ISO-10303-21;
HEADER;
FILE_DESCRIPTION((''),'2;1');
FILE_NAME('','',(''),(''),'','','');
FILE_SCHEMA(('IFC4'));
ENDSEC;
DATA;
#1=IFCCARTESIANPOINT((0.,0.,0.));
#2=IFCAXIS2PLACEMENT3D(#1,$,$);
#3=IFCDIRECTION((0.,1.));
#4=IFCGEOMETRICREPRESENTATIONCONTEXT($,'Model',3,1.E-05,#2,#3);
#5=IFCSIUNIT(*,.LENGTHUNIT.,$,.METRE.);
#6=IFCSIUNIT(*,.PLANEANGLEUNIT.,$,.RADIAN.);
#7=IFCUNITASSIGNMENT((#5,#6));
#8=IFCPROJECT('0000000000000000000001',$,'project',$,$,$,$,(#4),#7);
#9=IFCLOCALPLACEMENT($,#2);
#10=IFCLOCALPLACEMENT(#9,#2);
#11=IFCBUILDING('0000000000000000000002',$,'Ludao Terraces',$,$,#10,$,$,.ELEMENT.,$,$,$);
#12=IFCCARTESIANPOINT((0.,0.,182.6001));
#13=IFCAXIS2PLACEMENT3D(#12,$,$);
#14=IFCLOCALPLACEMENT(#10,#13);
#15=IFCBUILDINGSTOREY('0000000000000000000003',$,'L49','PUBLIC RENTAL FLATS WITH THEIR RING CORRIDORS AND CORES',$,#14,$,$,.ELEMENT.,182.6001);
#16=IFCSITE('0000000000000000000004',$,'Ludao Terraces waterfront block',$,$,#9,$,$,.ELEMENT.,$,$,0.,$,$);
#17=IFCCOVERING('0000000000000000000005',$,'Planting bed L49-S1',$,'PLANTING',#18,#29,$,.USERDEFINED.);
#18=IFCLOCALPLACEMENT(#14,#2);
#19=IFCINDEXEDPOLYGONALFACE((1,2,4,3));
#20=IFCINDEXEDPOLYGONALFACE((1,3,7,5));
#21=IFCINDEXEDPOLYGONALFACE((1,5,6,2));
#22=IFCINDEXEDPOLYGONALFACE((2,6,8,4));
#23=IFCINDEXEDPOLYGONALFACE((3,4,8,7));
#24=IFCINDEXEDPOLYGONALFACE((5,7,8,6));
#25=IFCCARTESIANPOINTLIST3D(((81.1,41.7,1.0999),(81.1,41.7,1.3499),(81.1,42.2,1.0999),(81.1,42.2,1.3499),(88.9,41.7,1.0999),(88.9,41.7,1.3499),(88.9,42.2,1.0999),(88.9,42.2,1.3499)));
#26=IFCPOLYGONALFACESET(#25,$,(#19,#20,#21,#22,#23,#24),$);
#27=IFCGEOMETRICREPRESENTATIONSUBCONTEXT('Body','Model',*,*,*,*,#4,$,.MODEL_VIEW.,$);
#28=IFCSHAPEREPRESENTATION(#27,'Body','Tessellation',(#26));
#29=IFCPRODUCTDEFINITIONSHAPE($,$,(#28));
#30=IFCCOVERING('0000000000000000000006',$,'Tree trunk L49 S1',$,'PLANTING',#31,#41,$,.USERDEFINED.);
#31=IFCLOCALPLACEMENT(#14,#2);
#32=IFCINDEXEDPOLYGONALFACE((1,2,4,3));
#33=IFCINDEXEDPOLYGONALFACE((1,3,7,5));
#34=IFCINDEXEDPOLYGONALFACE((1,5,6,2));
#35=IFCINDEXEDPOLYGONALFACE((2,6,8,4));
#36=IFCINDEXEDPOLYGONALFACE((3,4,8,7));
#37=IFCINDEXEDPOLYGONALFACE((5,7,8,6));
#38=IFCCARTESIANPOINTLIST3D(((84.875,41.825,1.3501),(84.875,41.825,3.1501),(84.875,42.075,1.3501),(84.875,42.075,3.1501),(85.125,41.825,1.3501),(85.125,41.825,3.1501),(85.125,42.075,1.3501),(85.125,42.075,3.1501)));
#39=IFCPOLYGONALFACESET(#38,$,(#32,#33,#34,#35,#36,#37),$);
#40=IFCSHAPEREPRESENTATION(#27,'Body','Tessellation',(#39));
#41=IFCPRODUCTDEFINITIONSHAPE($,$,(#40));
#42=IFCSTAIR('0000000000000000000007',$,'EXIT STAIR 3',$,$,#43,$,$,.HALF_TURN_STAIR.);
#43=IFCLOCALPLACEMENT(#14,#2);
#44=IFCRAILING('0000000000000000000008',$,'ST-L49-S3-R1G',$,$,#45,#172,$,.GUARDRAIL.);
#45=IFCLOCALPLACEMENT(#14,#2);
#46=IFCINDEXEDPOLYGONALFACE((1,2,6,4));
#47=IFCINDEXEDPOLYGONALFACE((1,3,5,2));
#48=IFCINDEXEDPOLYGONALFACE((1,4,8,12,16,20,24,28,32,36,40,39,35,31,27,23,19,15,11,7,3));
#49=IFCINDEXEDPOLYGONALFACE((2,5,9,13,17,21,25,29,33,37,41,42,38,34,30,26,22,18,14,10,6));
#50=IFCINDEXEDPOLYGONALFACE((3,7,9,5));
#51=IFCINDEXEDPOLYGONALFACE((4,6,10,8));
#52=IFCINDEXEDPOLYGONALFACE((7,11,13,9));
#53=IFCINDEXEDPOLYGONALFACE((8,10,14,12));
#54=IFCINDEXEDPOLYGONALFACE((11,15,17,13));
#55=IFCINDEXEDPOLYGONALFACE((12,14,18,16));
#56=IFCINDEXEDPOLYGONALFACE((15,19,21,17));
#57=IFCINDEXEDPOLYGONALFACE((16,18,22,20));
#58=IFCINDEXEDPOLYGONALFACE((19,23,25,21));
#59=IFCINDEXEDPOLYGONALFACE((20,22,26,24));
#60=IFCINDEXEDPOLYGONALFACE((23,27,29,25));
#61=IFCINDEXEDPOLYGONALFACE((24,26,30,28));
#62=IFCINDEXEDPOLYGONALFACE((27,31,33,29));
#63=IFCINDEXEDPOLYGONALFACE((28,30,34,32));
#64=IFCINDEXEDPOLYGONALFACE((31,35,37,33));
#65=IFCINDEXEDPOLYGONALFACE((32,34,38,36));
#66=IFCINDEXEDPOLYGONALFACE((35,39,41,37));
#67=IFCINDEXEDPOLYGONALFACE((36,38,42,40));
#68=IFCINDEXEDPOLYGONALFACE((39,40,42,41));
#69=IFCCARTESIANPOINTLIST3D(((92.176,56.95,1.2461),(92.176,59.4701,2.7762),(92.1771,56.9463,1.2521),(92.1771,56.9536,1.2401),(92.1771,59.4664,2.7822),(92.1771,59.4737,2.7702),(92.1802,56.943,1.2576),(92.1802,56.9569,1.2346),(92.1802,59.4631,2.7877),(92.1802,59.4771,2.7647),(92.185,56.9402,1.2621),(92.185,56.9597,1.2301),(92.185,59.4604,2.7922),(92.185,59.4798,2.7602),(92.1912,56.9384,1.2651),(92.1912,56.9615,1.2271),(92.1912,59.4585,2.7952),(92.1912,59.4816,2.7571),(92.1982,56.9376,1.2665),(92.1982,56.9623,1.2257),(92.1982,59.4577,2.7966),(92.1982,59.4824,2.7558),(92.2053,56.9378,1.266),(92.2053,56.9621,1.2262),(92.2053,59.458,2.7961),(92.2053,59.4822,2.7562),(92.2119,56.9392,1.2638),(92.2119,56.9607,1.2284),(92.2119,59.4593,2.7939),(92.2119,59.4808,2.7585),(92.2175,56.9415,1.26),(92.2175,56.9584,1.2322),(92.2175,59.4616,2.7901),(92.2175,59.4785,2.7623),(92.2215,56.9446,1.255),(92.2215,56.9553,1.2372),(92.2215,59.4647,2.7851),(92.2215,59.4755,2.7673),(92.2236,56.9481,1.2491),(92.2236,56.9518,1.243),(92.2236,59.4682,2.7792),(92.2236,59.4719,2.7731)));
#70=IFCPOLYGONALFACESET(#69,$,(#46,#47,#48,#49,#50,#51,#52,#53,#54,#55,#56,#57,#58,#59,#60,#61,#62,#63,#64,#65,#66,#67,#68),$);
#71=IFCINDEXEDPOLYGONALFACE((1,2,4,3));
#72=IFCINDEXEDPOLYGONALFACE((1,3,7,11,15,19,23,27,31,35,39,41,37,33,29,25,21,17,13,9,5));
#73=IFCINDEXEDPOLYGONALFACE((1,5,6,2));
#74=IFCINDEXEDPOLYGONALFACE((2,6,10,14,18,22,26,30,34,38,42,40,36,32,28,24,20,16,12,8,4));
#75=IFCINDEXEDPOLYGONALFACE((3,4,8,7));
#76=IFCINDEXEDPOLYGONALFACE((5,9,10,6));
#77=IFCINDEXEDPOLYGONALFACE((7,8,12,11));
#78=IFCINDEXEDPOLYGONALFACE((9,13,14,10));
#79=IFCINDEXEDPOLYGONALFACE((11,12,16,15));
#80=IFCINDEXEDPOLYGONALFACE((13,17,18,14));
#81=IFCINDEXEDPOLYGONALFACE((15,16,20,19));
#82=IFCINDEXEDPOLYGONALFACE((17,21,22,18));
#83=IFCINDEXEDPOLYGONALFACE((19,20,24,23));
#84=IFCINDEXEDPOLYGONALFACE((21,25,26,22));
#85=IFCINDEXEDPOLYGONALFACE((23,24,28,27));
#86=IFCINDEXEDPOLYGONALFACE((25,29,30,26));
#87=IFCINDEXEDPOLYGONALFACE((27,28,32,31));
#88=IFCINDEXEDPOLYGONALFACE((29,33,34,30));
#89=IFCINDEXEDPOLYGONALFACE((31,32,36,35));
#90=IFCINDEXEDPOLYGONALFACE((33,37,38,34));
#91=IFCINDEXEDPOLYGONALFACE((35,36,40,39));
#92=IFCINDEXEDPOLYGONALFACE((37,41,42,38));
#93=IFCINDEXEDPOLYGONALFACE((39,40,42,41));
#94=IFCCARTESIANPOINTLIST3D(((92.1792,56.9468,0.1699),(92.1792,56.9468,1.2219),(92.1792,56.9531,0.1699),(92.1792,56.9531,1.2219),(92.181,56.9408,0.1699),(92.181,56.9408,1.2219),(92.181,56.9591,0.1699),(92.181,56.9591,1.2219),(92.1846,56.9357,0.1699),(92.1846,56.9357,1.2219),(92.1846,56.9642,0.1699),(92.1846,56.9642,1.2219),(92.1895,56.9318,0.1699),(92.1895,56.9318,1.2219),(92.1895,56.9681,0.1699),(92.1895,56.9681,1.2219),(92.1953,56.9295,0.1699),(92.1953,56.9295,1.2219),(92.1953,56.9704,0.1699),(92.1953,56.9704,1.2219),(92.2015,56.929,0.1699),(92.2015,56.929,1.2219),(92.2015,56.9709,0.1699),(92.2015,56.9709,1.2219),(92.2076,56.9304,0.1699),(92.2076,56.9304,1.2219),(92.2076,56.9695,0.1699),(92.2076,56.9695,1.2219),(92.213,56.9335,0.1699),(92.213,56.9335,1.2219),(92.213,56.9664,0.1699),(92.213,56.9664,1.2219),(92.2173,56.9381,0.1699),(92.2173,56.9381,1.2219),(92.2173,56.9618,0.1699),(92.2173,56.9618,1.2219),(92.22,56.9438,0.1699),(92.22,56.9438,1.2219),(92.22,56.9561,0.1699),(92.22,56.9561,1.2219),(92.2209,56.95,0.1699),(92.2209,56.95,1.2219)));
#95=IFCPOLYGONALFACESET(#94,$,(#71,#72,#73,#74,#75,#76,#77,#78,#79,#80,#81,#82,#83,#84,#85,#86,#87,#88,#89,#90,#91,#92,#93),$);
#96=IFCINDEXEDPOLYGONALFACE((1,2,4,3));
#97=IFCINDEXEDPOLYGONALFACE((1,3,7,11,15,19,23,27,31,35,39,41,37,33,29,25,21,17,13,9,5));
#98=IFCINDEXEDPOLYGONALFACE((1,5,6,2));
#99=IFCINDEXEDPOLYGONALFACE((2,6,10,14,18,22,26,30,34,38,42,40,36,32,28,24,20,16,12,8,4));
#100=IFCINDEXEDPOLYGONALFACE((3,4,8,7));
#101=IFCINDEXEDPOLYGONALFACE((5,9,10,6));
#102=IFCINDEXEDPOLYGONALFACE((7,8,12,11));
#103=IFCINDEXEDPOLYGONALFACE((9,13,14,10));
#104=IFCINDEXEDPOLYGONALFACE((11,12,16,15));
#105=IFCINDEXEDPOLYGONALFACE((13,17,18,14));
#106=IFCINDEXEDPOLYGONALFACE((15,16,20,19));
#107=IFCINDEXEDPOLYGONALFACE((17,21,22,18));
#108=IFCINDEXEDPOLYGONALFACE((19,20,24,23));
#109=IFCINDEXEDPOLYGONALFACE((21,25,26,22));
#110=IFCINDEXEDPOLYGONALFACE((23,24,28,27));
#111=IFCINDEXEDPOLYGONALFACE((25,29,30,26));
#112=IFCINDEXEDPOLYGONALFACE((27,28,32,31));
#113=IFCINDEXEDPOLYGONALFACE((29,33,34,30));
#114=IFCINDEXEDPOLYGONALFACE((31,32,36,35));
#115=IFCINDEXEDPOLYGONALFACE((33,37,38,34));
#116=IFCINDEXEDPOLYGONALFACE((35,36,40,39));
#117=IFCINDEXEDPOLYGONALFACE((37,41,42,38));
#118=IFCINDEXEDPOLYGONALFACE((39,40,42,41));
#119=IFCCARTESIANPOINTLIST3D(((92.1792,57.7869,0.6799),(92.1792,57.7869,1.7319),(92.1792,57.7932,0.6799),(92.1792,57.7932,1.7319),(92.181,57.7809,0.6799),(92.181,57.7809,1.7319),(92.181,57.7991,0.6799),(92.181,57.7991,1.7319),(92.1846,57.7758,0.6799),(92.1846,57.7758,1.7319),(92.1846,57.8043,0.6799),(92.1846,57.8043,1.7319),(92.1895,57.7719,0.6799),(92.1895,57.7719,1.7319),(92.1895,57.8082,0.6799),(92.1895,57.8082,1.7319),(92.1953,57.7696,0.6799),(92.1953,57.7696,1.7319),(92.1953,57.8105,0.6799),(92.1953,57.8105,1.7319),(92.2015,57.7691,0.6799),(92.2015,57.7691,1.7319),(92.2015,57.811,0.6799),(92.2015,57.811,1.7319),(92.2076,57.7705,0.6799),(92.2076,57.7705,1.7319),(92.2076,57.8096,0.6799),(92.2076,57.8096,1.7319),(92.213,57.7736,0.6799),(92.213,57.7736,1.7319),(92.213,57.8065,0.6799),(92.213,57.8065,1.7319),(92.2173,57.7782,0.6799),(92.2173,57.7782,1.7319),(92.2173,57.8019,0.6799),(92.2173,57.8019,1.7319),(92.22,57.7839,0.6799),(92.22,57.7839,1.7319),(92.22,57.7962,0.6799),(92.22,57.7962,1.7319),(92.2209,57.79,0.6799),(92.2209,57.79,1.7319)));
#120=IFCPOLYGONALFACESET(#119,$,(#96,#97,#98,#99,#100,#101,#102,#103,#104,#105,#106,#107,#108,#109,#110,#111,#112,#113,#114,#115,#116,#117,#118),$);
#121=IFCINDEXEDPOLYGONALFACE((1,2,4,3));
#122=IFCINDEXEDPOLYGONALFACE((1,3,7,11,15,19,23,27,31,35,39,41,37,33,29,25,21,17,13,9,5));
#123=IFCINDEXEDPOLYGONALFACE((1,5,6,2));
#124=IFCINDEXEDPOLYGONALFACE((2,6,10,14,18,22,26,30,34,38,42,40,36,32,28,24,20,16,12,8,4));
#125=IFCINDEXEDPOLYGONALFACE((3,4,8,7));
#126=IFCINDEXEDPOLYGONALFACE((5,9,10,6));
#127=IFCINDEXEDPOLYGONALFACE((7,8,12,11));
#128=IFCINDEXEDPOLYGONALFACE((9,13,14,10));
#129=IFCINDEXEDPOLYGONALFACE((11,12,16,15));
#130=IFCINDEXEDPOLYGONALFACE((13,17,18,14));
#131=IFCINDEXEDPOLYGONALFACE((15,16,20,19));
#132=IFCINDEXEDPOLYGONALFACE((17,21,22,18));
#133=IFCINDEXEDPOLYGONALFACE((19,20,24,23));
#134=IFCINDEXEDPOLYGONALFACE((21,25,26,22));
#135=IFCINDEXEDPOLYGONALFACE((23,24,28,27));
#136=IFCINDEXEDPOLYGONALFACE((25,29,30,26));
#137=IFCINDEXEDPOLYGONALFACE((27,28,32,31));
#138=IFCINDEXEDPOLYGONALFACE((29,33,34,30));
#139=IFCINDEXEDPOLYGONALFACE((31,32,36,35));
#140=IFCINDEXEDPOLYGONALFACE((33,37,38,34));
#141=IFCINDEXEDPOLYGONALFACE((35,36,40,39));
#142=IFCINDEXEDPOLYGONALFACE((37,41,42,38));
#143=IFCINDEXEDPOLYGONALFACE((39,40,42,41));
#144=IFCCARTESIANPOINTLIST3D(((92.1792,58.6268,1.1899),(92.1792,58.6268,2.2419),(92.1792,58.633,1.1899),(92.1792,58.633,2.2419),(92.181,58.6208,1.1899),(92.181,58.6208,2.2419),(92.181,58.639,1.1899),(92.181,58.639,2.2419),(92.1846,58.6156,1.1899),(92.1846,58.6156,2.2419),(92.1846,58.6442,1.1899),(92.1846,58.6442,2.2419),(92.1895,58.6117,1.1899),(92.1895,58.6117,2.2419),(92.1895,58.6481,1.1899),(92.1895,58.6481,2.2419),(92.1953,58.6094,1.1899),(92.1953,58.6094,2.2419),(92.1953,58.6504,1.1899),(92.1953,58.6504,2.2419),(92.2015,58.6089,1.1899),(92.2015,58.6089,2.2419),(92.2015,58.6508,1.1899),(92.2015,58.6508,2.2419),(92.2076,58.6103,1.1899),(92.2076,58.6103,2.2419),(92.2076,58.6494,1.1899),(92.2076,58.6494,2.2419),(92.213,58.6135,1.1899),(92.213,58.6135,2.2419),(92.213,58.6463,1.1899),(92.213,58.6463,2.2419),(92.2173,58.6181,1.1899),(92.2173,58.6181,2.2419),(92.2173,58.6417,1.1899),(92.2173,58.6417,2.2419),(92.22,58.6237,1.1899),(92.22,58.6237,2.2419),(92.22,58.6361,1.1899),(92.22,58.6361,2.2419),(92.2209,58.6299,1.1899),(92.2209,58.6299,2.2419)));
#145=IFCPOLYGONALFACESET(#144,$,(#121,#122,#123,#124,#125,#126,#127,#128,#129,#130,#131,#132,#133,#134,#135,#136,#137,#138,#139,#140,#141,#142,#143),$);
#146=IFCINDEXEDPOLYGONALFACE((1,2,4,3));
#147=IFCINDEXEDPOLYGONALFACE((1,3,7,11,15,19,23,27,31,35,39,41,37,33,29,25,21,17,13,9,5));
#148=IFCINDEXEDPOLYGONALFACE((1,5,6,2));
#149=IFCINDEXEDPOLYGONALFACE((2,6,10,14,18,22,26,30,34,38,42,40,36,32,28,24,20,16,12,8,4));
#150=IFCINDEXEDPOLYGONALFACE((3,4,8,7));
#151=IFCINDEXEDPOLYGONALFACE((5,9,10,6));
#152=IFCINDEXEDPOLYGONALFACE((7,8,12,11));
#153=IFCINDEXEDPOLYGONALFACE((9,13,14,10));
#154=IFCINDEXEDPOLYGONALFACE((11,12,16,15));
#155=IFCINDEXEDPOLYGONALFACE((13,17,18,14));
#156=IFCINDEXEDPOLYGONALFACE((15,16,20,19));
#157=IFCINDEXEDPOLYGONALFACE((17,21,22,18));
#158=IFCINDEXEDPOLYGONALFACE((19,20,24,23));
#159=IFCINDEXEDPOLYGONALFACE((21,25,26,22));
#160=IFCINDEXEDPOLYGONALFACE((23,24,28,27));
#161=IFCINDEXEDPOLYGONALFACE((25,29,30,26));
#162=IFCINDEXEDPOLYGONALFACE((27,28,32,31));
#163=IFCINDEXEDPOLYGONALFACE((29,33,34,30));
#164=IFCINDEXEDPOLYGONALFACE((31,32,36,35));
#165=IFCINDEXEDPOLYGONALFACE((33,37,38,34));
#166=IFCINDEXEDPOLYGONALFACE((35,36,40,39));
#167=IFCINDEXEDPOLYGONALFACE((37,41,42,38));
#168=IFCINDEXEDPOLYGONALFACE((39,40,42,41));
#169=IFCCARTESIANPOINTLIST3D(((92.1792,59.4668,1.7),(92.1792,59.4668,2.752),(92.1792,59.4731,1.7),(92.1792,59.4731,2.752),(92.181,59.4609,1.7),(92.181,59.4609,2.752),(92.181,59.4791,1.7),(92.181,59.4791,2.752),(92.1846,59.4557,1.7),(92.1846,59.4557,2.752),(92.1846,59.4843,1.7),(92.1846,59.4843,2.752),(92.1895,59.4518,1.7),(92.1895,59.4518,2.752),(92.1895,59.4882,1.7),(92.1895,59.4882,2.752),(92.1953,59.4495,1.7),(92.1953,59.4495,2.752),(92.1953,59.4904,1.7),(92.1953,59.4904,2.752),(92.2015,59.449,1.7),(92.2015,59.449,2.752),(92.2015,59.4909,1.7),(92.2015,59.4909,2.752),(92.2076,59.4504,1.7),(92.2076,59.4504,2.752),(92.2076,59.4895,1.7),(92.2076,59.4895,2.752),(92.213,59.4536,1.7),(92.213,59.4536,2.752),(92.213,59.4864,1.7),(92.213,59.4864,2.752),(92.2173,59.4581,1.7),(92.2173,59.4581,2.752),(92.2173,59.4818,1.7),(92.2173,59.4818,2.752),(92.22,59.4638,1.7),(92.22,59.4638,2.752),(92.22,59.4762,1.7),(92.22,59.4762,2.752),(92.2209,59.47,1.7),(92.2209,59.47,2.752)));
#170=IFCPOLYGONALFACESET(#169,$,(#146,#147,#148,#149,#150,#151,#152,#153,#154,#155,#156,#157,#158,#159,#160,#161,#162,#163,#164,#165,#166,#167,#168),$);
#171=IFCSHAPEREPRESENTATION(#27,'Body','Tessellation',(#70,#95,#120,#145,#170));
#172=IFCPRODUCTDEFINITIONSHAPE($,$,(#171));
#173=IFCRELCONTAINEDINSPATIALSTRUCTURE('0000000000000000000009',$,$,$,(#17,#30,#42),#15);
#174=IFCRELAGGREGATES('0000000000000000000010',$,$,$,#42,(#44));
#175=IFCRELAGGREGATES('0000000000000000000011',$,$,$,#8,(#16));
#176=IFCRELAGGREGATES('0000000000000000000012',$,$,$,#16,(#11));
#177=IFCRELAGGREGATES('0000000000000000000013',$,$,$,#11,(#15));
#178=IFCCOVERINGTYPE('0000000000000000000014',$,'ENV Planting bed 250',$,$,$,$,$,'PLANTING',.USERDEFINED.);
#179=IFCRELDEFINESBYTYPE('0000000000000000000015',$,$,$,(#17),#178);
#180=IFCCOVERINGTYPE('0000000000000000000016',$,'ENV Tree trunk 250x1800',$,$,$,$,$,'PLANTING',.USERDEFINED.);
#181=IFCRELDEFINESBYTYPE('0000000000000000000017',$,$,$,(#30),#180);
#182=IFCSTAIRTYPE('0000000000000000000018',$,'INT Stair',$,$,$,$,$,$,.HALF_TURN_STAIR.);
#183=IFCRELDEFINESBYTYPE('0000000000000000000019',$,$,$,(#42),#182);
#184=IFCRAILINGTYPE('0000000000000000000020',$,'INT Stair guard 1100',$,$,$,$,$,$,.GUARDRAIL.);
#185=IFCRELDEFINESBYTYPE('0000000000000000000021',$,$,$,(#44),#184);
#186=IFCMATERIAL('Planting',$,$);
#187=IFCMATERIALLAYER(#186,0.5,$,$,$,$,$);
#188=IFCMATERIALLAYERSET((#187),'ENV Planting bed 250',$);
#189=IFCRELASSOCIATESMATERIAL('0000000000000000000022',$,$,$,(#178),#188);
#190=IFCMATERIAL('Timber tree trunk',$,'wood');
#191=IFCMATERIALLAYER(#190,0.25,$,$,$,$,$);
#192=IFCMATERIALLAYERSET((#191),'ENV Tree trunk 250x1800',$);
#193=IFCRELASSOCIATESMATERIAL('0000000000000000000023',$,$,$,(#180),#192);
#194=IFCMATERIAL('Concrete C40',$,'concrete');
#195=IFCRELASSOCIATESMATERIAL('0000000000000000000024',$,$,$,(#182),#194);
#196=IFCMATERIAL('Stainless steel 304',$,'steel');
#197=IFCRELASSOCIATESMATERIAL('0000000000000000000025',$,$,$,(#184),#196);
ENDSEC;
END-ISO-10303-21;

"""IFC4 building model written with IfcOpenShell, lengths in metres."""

from ifc_helpers import new_model, si_unit, direction, frame, origin, origin_2d, place, context, subcontext, project, spatial, rectangle, circle, extrude, material, layer, layer_set, type_object, element, aggregate, save


model = new_model("IFC4")

# Units and contexts
model_context = context("Model", 3, precision=1e-05, world=origin(), true_north=direction((0.0, 1.0)))
body_context = subcontext(model_context, "Body", "Model", "MODEL_VIEW")
ifc_project = project(units=[si_unit("LENGTHUNIT", "METRE"), si_unit("PLANEANGLEUNIT", "RADIAN")], contexts=[model_context])

# Site, building, storey
site_placement = place(None, origin())
site = spatial("IfcSite", under=ifc_project, at=site_placement, Name="Ludao Terraces waterfront block", CompositionType="ELEMENT", RefElevation=0.0)
building_placement = place(site_placement, origin())
building = spatial("IfcBuilding", under=site, at=building_placement, Name="Ludao Terraces", CompositionType="ELEMENT")
storey_placement = place(building_placement, frame((0.0, 0.0, 182.6001)))
storey = spatial("IfcBuildingStorey", under=building, at=storey_placement, Name="L49", Description="PUBLIC RENTAL FLATS WITH THEIR RING CORRIDORS AND CORES", CompositionType="ELEMENT", Elevation=182.6001)

# Shared definitions
ifc_material_1 = material(Name="Concrete C40", Category="concrete")

# Coverings
ifc_material_2 = material(Name="Planting")
ifc_layer_1 = layer(ifc_material_2, 0.5)
ifc_layer_set_1 = layer_set([ifc_layer_1], Name="ENV Planting bed 250")
covering_type_1 = type_object("IfcCoveringType", Name="ENV Planting bed 250", ElementType="PLANTING", PredefinedType="USERDEFINED", material=ifc_layer_set_1)
covering_1_placement = place(storey_placement, frame((85.0, 41.95, 1.0999), z_axis=(0.0, 0.0, 1.0), x_axis=(1.0, 0.0, 0.0)))
element("IfcCovering", 1, at=covering_1_placement, inside=storey, type_object=covering_type_1, Name="Planting bed L49-S1", ObjectType="PLANTING", PredefinedType="USERDEFINED", context=body_context, shape_type="SweptSolid", body=[
    extrude(rectangle(XDim=7.8, YDim=0.5, at=origin_2d()), origin(), (0.0, 0.0, 1.0), 0.25),
])
ifc_material_3 = material(Name="Timber tree trunk", Category="wood")
ifc_layer_2 = layer(ifc_material_3, 0.25)
ifc_layer_set_2 = layer_set([ifc_layer_2], Name="ENV Tree trunk 250x1800")
covering_type_2 = type_object("IfcCoveringType", Name="ENV Tree trunk 250x1800", ElementType="PLANTING", PredefinedType="USERDEFINED", material=ifc_layer_set_2)
covering_2_placement = place(storey_placement, frame((85.0, 41.95, 1.3501), z_axis=(0.0, 0.0, 1.0), x_axis=(1.0, 0.0, 0.0)))
element("IfcCovering", 2, at=covering_2_placement, inside=storey, type_object=covering_type_2, Name="Tree trunk L49 S1", ObjectType="PLANTING", PredefinedType="USERDEFINED", context=body_context, shape_type="SweptSolid", body=[
    extrude(rectangle(XDim=0.25, YDim=0.25, at=origin_2d()), origin(), (0.0, 0.0, 1.0), 1.8),
])

# Stair, railing
stair_type = type_object("IfcStairType", Name="INT Stair", PredefinedType="HALF_TURN_STAIR", material=ifc_material_1)
stair_placement = place(storey_placement, origin())
stair = element("IfcStair", 3, at=stair_placement, inside=storey, type_object=stair_type, Name="EXIT STAIR 3", PredefinedType="HALF_TURN_STAIR")
ifc_material_4 = material(Name="Stainless steel 304", Category="steel")
railing_type_1 = type_object("IfcRailingType", Name="INT Stair guard 1100", PredefinedType="GUARDRAIL", material=ifc_material_4)
railing_1_placement = place(storey_placement, frame((92.2, 56.95, 0.1699)))
railing_1 = element("IfcRailing", 4, at=railing_1_placement, type_object=railing_type_1, Name="ST-L49-S3-R1G", PredefinedType="GUARDRAIL", context=body_context, shape_type="SweptSolid", body=[
    extrude(circle(Radius=0.0239, at=origin_2d()), frame((0.0, 0.0, 1.0762), z_axis=(0.0, 0.854785, 0.518982), x_axis=(-1.0, 0.0, 0.0)), (0.0, 0.0, 1.0), 2.9482),
    extrude(circle(Radius=0.021, at=origin_2d()), origin(), (0.0, 0.0, 1.0), 1.052),
    extrude(circle(Radius=0.021, at=origin_2d()), frame((0.0, 0.8401, 0.51)), (0.0, 0.0, 1.0), 1.052),
    extrude(circle(Radius=0.021, at=origin_2d()), frame((0.0, 1.6799, 1.02)), (0.0, 0.0, 1.0), 1.052),
    extrude(circle(Radius=0.021, at=origin_2d()), frame((0.0, 2.52, 1.53)), (0.0, 0.0, 1.0), 1.052),
])
aggregate(stair, [railing_1])

save(model, "model.ifc")
